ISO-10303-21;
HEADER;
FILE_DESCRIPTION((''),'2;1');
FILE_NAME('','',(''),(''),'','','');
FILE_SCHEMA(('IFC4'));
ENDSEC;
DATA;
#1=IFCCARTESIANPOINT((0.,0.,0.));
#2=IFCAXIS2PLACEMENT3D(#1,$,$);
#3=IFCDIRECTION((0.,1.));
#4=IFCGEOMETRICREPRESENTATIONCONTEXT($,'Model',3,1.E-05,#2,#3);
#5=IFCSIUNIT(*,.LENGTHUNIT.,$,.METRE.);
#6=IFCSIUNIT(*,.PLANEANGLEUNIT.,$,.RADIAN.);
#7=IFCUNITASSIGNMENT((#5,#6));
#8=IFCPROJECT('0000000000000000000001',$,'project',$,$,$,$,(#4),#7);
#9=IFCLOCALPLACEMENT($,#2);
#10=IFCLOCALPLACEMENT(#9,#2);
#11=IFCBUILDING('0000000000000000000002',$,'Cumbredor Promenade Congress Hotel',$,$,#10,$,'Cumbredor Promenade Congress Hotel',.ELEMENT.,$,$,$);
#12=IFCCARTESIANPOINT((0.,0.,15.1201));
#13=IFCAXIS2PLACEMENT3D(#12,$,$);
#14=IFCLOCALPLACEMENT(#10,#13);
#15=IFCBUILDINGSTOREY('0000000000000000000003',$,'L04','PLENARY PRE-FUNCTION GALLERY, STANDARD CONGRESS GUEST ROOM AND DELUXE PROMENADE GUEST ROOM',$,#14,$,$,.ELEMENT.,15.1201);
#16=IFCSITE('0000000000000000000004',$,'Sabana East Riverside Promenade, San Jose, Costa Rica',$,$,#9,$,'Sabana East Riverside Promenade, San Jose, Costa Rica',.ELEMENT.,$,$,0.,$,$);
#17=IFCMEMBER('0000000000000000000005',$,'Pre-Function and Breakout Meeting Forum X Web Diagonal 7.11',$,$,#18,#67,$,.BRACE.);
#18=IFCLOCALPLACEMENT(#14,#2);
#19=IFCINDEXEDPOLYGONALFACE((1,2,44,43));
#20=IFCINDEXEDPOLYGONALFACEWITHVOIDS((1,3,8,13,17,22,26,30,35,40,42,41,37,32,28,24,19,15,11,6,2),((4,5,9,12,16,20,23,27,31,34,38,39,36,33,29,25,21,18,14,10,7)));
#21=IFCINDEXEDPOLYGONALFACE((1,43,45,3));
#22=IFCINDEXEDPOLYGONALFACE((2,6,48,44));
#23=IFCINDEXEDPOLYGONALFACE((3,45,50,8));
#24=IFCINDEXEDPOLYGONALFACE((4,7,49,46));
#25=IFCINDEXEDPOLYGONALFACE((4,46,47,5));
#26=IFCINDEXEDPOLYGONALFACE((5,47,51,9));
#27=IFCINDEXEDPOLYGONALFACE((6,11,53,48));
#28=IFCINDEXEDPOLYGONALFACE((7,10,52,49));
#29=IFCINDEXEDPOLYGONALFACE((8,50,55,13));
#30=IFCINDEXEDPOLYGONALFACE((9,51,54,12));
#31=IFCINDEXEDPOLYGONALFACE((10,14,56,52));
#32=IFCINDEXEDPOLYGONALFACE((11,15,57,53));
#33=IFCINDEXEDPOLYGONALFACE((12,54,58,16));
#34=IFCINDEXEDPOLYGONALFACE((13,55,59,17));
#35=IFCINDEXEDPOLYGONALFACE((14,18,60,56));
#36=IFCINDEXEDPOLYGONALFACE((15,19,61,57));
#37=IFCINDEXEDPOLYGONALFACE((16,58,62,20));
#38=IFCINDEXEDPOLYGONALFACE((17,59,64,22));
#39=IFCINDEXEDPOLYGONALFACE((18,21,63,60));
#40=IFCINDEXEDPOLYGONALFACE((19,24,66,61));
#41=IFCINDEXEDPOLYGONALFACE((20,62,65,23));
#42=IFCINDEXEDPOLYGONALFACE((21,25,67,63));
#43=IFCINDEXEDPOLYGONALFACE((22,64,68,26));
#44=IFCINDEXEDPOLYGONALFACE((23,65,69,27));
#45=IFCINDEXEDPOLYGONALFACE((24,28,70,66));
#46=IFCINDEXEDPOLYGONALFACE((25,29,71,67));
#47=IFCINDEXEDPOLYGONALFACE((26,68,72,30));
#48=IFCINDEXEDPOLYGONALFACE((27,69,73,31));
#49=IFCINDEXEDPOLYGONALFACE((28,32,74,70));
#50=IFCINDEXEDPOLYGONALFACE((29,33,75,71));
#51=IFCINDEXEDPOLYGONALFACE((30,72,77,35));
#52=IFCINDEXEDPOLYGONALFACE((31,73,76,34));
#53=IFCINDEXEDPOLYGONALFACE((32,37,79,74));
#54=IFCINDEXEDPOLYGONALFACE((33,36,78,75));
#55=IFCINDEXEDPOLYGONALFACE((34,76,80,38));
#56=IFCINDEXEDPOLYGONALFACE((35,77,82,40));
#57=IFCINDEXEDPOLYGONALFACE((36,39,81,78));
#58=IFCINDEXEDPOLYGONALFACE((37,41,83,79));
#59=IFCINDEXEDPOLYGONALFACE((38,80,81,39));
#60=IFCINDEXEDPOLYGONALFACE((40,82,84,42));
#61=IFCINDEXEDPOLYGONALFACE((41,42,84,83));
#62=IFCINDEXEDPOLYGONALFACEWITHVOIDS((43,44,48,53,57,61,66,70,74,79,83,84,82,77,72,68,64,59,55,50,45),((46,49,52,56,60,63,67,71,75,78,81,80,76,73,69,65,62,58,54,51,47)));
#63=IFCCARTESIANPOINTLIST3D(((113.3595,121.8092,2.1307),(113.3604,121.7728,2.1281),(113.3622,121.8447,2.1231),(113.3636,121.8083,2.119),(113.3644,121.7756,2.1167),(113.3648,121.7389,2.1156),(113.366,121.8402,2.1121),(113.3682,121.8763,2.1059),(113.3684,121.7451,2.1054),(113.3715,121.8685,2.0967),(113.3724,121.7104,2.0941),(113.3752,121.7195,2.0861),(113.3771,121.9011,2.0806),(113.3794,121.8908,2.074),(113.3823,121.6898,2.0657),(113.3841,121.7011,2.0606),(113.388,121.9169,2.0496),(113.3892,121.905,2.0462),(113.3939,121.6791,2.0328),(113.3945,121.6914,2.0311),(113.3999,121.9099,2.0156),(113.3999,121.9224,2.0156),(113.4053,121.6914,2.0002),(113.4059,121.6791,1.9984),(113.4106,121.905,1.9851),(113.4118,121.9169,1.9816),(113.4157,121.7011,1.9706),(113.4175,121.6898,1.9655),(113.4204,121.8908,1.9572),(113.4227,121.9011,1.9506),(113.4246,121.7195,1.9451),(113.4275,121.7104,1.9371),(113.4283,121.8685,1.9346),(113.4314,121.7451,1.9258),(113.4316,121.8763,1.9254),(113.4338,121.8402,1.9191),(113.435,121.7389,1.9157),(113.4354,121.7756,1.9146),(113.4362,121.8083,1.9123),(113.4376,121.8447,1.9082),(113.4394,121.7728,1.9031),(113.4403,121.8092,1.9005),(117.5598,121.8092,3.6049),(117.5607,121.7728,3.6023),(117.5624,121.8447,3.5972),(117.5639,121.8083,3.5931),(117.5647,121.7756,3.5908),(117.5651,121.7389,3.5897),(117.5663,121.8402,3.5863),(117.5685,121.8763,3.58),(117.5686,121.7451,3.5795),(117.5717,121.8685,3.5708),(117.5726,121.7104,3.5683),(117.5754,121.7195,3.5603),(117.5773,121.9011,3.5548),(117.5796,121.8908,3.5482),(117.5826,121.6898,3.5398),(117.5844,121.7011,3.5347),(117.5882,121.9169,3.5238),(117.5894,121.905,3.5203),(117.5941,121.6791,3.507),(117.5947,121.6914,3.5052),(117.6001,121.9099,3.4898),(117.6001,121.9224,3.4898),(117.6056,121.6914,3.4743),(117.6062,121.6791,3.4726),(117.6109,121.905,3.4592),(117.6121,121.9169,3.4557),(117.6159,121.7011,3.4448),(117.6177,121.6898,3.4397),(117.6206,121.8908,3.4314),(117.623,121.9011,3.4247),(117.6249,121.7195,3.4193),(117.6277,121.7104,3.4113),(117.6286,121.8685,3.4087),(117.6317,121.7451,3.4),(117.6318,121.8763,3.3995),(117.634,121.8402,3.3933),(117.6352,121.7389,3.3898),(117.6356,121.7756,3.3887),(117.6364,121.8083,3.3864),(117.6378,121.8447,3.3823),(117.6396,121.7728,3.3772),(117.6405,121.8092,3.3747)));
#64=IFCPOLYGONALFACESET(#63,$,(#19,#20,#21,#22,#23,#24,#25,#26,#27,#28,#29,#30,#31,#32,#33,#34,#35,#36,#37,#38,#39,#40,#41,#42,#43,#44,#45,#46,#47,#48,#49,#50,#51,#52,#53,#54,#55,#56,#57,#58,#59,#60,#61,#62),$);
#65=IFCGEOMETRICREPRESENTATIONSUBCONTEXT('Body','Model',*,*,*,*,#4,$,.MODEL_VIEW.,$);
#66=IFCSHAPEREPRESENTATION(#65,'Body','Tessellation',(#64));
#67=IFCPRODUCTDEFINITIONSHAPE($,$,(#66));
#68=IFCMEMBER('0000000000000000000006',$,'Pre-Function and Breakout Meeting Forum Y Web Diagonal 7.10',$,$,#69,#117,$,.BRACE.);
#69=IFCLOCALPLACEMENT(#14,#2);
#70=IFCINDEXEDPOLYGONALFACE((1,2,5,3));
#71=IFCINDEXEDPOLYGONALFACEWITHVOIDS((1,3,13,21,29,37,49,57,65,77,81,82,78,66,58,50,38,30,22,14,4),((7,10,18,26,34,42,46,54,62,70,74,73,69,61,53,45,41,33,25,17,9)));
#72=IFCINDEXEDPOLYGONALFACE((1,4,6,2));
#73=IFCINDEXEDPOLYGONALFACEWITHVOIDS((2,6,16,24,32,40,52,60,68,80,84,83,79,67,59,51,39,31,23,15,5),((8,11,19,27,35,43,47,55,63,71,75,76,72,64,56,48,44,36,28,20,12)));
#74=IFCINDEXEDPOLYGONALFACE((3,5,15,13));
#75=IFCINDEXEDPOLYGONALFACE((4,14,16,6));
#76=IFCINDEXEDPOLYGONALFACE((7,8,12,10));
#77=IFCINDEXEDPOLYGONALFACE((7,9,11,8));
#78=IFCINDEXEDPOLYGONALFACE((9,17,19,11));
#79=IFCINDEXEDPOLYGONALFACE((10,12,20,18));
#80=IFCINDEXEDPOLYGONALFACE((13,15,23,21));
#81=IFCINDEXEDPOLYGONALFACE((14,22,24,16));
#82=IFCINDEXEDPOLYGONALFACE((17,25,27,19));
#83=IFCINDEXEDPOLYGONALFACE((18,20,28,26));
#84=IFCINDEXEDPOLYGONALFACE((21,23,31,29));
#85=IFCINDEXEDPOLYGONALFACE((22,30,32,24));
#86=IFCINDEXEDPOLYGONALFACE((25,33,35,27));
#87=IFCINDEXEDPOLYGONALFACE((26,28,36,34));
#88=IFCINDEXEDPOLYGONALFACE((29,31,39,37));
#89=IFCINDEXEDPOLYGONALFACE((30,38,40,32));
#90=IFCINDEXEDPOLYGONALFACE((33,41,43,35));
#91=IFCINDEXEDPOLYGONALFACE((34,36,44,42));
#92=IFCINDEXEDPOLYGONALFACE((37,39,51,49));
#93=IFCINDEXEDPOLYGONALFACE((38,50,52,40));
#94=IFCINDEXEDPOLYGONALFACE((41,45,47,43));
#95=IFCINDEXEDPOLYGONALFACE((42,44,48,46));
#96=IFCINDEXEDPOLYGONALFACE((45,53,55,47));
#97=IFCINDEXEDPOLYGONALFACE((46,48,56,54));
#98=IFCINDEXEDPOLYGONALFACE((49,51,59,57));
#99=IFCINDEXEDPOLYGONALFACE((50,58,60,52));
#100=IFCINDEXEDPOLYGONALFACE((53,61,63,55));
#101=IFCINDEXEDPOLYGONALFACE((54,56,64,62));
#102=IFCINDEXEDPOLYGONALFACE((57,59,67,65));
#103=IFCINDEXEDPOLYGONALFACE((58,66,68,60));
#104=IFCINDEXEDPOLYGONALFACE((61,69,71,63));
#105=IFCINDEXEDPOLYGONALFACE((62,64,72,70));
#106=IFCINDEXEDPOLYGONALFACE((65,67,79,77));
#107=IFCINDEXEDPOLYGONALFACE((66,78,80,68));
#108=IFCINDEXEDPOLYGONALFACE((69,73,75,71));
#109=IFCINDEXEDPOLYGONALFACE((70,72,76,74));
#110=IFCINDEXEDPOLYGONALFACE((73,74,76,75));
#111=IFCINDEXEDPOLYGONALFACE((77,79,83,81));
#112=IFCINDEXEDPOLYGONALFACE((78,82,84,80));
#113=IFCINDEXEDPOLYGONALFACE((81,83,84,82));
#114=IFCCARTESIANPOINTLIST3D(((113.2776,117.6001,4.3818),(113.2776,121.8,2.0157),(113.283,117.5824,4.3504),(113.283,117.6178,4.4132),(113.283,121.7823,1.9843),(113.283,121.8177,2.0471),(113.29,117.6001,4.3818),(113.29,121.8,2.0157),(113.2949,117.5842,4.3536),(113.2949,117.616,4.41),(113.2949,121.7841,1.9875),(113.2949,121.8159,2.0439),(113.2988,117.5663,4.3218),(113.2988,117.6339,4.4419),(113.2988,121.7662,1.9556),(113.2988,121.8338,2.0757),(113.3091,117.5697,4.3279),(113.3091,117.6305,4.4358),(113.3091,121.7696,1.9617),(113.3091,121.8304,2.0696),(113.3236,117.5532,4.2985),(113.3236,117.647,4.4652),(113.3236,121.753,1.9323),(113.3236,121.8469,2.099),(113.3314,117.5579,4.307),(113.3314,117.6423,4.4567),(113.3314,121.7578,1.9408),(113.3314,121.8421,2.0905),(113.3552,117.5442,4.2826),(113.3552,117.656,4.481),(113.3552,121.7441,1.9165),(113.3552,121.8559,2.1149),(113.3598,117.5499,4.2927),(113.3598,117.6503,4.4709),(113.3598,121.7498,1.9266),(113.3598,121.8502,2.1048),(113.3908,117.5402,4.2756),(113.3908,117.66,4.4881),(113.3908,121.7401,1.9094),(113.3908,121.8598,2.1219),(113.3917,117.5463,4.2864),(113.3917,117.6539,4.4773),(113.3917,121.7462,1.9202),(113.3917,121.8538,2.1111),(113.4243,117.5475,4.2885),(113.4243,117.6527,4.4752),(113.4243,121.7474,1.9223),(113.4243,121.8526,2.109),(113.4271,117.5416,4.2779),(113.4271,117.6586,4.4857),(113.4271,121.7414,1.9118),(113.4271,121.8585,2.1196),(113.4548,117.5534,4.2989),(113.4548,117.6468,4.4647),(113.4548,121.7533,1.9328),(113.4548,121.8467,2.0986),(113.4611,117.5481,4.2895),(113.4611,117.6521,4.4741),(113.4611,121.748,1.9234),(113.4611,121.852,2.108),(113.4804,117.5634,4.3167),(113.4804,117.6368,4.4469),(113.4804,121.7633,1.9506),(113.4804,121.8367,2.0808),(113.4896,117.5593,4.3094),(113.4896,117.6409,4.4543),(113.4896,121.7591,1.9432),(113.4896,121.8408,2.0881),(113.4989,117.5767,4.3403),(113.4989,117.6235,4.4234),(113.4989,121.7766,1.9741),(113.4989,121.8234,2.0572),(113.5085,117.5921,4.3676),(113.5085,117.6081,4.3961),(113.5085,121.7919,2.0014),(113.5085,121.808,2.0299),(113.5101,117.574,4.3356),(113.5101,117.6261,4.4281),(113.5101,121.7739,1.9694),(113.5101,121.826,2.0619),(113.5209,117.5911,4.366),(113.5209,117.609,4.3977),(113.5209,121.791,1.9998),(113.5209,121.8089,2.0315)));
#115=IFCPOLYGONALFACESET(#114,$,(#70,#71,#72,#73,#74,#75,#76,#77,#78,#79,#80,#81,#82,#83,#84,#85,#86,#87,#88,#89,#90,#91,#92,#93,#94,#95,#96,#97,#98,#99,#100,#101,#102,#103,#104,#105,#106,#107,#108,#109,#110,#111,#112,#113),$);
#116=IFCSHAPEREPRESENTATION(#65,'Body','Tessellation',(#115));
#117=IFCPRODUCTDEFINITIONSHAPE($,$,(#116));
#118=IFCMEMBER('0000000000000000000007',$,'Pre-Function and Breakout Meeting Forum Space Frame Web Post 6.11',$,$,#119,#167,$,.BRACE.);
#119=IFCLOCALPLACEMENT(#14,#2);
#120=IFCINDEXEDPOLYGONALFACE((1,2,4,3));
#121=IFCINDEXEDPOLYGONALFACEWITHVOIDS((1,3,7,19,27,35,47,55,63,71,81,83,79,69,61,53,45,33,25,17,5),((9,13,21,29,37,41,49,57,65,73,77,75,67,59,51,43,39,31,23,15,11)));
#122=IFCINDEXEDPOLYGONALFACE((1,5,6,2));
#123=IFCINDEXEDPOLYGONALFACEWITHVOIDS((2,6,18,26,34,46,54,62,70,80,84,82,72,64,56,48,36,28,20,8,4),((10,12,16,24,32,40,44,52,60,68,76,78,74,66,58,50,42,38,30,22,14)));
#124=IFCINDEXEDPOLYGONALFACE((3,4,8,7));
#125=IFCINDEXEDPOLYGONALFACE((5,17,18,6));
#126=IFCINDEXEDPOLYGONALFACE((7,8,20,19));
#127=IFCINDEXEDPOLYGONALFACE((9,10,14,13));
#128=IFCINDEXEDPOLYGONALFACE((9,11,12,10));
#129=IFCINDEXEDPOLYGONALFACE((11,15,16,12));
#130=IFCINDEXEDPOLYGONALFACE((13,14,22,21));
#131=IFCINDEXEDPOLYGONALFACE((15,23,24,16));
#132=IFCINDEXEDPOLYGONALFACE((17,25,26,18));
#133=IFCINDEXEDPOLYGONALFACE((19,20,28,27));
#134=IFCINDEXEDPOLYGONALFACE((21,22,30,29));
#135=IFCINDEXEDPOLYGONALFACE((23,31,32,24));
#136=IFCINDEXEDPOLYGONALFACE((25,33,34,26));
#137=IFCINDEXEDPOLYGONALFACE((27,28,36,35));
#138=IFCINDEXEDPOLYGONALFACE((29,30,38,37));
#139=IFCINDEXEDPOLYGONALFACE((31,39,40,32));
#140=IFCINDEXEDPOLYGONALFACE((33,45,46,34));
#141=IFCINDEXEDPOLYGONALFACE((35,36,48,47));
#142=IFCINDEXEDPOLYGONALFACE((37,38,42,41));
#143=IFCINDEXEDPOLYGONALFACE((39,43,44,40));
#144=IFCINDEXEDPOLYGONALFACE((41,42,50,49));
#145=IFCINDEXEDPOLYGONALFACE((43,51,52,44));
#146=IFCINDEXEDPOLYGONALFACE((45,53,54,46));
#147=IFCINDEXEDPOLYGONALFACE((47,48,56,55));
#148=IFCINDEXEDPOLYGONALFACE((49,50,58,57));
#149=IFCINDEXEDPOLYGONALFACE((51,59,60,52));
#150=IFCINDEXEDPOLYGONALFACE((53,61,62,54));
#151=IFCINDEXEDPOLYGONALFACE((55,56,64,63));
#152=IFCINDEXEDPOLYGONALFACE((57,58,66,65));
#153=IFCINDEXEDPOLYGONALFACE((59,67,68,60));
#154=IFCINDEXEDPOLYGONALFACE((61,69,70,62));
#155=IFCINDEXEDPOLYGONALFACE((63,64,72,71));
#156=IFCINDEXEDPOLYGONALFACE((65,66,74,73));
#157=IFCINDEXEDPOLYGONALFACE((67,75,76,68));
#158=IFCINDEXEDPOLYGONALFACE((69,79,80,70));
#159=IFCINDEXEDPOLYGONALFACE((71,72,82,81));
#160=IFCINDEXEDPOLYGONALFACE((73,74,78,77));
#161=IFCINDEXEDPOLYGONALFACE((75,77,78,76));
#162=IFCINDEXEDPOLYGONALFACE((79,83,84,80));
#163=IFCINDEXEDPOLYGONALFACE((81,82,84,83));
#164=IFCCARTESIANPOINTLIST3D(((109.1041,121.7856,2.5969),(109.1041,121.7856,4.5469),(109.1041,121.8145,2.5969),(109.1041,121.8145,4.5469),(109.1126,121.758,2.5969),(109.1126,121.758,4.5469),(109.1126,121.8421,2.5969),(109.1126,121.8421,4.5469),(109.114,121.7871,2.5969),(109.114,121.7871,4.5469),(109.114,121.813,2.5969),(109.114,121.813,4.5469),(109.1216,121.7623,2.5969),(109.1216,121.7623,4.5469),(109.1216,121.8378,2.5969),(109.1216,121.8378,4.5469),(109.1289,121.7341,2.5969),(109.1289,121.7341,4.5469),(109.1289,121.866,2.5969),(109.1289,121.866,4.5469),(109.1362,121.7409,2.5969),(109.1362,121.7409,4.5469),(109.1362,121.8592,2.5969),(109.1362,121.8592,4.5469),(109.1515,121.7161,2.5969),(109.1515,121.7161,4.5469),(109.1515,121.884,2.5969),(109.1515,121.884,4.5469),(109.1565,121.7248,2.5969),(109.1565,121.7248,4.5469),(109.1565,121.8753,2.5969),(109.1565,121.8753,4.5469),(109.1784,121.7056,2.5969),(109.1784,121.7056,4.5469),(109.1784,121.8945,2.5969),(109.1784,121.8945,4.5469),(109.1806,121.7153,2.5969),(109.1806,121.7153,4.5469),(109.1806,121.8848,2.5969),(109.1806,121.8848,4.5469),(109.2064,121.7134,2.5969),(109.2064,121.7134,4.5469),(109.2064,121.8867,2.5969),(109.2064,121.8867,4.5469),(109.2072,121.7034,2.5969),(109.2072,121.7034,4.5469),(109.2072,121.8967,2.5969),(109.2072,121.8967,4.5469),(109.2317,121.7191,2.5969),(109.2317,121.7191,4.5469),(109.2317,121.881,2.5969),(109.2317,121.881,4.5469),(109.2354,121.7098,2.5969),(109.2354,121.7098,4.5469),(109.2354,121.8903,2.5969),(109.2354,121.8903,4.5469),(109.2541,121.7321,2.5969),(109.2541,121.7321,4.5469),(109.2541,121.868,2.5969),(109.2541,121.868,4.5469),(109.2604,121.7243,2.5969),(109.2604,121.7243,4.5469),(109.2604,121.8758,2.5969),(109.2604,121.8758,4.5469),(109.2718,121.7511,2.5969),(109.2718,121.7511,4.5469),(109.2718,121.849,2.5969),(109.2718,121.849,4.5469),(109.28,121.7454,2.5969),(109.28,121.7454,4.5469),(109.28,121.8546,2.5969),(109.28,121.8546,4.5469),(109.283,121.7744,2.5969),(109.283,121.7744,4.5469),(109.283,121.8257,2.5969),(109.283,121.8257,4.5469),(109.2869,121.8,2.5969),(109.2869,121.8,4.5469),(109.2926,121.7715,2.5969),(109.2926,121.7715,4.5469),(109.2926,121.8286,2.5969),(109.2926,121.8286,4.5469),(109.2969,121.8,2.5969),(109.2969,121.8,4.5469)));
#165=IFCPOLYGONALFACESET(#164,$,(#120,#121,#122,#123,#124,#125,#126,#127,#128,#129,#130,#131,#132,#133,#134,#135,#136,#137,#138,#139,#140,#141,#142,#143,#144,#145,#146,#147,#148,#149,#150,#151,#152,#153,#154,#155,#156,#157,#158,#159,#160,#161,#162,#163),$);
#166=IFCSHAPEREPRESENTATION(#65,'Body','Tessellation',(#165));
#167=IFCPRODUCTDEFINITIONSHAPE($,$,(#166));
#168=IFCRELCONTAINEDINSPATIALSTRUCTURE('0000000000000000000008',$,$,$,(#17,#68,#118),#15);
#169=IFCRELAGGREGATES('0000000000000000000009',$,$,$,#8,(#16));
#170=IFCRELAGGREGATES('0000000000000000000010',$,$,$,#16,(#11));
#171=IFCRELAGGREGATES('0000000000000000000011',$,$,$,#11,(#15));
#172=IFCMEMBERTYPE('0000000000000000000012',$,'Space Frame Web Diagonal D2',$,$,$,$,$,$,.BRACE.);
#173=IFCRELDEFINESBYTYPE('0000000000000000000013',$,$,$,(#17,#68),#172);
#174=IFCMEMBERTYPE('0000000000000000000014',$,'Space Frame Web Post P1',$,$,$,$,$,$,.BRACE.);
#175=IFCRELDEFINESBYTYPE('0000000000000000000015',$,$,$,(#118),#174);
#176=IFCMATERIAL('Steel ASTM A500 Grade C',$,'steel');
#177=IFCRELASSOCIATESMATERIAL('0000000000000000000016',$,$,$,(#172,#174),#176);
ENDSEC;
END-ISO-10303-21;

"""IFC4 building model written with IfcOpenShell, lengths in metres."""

from ifc_helpers import new_model, si_unit, direction, frame, origin, origin_2d, place, context, subcontext, project, spatial, hollow_circle, extrude, material, material_profile, profile_set, type_object, element, save


model = new_model("IFC4")

# Units and contexts
model_context = context("Model", 3, precision=1e-05, world=origin(), true_north=direction((0.0, 1.0)))
body_context = subcontext(model_context, "Body", "Model", "MODEL_VIEW")
ifc_project = project(units=[si_unit("LENGTHUNIT", "METRE"), si_unit("PLANEANGLEUNIT", "RADIAN")], contexts=[model_context])

# Site, building, storey
site_placement = place(None, origin())
site = spatial("IfcSite", under=ifc_project, at=site_placement, Name="Sabana East Riverside Promenade, San Jose, Costa Rica", LongName="Sabana East Riverside Promenade, San Jose, Costa Rica", CompositionType="ELEMENT", RefElevation=0.0)
building_placement = place(site_placement, origin())
building = spatial("IfcBuilding", under=site, at=building_placement, Name="Cumbredor Promenade Congress Hotel", LongName="Cumbredor Promenade Congress Hotel", CompositionType="ELEMENT")
storey_placement = place(building_placement, frame((0.0, 0.0, 15.1201)))
storey = spatial("IfcBuildingStorey", under=building, at=storey_placement, Name="L04", Description="PLENARY PRE-FUNCTION GALLERY, STANDARD CONGRESS GUEST ROOM AND DELUXE PROMENADE GUEST ROOM", CompositionType="ELEMENT", Elevation=15.1201)

# Members
ifc_material_1 = material(Name="Steel ASTM A500 Grade C", Category="steel")
ifc_material_profile_1 = material_profile(ifc_material_1, hollow_circle(Radius=0.1223, WallThickness=0.0125, at=origin_2d()), Name="CHS 244.5x12.5")
ifc_profile_set_1 = profile_set([ifc_material_profile_1], Name="Steel ASTM A500 Grade C")
member_type_1 = type_object("IfcMemberType", Name="Space Frame Web Diagonal D2", PredefinedType="BRACE", material=ifc_profile_set_1)
member_1_placement = place(storey_placement, frame((113.3999, 121.8, 2.0156), z_axis=(0.943574, 0.0, 0.331161), x_axis=(0.0, 1.0, 0.0)))
element("IfcMember", 1, at=member_1_placement, inside=storey, type_object=member_type_1, Name="Pre-Function and Breakout Meeting Forum X Web Diagonal 7.11", PredefinedType="BRACE", context=body_context, shape_type="SweptSolid", body=[
    extrude(hollow_circle(Radius=0.1223, WallThickness=0.0125, at=origin_2d()), origin(), (0.0, 0.0, 1.0), 4.4514),
])
member_2_placement = place(storey_placement, frame((113.3999, 117.6001, 4.3818), z_axis=(0.0, 0.871244, -0.49085), x_axis=(-1.0, 0.0, 0.0)))
element("IfcMember", 2, at=member_2_placement, inside=storey, type_object=member_type_1, Name="Pre-Function and Breakout Meeting Forum Y Web Diagonal 7.10", PredefinedType="BRACE", context=body_context, shape_type="SweptSolid", body=[
    extrude(hollow_circle(Radius=0.1223, WallThickness=0.0125, at=origin_2d()), origin(), (0.0, 0.0, 1.0), 4.8206),
])
ifc_material_profile_2 = material_profile(ifc_material_1, hollow_circle(Radius=0.0969, WallThickness=0.01, at=origin_2d()), Name="CHS 193.7x10")
ifc_profile_set_2 = profile_set([ifc_material_profile_2], Name="Steel ASTM A500 Grade C")
member_type_2 = type_object("IfcMemberType", Name="Space Frame Web Post P1", PredefinedType="BRACE", material=ifc_profile_set_2)
for number, where, z_axis, x_axis, name in (
    (3, (109.2, 121.8, 2.5969), (0.0, 0.0, 1.0), (1.0, 0.0, 0.0), "Pre-Function and Breakout Meeting Forum Space Frame Web Post 6.11"),
):
    element("IfcMember", number, at=place(storey_placement, frame(where, z_axis=z_axis, x_axis=x_axis)), inside=storey, type_object=member_type_2, Name=name, PredefinedType="BRACE", context=body_context, shape_type="SweptSolid", body=[
        extrude(hollow_circle(Radius=0.0969, WallThickness=0.01, at=origin_2d()), origin(), (0.0, 0.0, 1.0), 1.95),
    ])

save(model, "model.ifc")
